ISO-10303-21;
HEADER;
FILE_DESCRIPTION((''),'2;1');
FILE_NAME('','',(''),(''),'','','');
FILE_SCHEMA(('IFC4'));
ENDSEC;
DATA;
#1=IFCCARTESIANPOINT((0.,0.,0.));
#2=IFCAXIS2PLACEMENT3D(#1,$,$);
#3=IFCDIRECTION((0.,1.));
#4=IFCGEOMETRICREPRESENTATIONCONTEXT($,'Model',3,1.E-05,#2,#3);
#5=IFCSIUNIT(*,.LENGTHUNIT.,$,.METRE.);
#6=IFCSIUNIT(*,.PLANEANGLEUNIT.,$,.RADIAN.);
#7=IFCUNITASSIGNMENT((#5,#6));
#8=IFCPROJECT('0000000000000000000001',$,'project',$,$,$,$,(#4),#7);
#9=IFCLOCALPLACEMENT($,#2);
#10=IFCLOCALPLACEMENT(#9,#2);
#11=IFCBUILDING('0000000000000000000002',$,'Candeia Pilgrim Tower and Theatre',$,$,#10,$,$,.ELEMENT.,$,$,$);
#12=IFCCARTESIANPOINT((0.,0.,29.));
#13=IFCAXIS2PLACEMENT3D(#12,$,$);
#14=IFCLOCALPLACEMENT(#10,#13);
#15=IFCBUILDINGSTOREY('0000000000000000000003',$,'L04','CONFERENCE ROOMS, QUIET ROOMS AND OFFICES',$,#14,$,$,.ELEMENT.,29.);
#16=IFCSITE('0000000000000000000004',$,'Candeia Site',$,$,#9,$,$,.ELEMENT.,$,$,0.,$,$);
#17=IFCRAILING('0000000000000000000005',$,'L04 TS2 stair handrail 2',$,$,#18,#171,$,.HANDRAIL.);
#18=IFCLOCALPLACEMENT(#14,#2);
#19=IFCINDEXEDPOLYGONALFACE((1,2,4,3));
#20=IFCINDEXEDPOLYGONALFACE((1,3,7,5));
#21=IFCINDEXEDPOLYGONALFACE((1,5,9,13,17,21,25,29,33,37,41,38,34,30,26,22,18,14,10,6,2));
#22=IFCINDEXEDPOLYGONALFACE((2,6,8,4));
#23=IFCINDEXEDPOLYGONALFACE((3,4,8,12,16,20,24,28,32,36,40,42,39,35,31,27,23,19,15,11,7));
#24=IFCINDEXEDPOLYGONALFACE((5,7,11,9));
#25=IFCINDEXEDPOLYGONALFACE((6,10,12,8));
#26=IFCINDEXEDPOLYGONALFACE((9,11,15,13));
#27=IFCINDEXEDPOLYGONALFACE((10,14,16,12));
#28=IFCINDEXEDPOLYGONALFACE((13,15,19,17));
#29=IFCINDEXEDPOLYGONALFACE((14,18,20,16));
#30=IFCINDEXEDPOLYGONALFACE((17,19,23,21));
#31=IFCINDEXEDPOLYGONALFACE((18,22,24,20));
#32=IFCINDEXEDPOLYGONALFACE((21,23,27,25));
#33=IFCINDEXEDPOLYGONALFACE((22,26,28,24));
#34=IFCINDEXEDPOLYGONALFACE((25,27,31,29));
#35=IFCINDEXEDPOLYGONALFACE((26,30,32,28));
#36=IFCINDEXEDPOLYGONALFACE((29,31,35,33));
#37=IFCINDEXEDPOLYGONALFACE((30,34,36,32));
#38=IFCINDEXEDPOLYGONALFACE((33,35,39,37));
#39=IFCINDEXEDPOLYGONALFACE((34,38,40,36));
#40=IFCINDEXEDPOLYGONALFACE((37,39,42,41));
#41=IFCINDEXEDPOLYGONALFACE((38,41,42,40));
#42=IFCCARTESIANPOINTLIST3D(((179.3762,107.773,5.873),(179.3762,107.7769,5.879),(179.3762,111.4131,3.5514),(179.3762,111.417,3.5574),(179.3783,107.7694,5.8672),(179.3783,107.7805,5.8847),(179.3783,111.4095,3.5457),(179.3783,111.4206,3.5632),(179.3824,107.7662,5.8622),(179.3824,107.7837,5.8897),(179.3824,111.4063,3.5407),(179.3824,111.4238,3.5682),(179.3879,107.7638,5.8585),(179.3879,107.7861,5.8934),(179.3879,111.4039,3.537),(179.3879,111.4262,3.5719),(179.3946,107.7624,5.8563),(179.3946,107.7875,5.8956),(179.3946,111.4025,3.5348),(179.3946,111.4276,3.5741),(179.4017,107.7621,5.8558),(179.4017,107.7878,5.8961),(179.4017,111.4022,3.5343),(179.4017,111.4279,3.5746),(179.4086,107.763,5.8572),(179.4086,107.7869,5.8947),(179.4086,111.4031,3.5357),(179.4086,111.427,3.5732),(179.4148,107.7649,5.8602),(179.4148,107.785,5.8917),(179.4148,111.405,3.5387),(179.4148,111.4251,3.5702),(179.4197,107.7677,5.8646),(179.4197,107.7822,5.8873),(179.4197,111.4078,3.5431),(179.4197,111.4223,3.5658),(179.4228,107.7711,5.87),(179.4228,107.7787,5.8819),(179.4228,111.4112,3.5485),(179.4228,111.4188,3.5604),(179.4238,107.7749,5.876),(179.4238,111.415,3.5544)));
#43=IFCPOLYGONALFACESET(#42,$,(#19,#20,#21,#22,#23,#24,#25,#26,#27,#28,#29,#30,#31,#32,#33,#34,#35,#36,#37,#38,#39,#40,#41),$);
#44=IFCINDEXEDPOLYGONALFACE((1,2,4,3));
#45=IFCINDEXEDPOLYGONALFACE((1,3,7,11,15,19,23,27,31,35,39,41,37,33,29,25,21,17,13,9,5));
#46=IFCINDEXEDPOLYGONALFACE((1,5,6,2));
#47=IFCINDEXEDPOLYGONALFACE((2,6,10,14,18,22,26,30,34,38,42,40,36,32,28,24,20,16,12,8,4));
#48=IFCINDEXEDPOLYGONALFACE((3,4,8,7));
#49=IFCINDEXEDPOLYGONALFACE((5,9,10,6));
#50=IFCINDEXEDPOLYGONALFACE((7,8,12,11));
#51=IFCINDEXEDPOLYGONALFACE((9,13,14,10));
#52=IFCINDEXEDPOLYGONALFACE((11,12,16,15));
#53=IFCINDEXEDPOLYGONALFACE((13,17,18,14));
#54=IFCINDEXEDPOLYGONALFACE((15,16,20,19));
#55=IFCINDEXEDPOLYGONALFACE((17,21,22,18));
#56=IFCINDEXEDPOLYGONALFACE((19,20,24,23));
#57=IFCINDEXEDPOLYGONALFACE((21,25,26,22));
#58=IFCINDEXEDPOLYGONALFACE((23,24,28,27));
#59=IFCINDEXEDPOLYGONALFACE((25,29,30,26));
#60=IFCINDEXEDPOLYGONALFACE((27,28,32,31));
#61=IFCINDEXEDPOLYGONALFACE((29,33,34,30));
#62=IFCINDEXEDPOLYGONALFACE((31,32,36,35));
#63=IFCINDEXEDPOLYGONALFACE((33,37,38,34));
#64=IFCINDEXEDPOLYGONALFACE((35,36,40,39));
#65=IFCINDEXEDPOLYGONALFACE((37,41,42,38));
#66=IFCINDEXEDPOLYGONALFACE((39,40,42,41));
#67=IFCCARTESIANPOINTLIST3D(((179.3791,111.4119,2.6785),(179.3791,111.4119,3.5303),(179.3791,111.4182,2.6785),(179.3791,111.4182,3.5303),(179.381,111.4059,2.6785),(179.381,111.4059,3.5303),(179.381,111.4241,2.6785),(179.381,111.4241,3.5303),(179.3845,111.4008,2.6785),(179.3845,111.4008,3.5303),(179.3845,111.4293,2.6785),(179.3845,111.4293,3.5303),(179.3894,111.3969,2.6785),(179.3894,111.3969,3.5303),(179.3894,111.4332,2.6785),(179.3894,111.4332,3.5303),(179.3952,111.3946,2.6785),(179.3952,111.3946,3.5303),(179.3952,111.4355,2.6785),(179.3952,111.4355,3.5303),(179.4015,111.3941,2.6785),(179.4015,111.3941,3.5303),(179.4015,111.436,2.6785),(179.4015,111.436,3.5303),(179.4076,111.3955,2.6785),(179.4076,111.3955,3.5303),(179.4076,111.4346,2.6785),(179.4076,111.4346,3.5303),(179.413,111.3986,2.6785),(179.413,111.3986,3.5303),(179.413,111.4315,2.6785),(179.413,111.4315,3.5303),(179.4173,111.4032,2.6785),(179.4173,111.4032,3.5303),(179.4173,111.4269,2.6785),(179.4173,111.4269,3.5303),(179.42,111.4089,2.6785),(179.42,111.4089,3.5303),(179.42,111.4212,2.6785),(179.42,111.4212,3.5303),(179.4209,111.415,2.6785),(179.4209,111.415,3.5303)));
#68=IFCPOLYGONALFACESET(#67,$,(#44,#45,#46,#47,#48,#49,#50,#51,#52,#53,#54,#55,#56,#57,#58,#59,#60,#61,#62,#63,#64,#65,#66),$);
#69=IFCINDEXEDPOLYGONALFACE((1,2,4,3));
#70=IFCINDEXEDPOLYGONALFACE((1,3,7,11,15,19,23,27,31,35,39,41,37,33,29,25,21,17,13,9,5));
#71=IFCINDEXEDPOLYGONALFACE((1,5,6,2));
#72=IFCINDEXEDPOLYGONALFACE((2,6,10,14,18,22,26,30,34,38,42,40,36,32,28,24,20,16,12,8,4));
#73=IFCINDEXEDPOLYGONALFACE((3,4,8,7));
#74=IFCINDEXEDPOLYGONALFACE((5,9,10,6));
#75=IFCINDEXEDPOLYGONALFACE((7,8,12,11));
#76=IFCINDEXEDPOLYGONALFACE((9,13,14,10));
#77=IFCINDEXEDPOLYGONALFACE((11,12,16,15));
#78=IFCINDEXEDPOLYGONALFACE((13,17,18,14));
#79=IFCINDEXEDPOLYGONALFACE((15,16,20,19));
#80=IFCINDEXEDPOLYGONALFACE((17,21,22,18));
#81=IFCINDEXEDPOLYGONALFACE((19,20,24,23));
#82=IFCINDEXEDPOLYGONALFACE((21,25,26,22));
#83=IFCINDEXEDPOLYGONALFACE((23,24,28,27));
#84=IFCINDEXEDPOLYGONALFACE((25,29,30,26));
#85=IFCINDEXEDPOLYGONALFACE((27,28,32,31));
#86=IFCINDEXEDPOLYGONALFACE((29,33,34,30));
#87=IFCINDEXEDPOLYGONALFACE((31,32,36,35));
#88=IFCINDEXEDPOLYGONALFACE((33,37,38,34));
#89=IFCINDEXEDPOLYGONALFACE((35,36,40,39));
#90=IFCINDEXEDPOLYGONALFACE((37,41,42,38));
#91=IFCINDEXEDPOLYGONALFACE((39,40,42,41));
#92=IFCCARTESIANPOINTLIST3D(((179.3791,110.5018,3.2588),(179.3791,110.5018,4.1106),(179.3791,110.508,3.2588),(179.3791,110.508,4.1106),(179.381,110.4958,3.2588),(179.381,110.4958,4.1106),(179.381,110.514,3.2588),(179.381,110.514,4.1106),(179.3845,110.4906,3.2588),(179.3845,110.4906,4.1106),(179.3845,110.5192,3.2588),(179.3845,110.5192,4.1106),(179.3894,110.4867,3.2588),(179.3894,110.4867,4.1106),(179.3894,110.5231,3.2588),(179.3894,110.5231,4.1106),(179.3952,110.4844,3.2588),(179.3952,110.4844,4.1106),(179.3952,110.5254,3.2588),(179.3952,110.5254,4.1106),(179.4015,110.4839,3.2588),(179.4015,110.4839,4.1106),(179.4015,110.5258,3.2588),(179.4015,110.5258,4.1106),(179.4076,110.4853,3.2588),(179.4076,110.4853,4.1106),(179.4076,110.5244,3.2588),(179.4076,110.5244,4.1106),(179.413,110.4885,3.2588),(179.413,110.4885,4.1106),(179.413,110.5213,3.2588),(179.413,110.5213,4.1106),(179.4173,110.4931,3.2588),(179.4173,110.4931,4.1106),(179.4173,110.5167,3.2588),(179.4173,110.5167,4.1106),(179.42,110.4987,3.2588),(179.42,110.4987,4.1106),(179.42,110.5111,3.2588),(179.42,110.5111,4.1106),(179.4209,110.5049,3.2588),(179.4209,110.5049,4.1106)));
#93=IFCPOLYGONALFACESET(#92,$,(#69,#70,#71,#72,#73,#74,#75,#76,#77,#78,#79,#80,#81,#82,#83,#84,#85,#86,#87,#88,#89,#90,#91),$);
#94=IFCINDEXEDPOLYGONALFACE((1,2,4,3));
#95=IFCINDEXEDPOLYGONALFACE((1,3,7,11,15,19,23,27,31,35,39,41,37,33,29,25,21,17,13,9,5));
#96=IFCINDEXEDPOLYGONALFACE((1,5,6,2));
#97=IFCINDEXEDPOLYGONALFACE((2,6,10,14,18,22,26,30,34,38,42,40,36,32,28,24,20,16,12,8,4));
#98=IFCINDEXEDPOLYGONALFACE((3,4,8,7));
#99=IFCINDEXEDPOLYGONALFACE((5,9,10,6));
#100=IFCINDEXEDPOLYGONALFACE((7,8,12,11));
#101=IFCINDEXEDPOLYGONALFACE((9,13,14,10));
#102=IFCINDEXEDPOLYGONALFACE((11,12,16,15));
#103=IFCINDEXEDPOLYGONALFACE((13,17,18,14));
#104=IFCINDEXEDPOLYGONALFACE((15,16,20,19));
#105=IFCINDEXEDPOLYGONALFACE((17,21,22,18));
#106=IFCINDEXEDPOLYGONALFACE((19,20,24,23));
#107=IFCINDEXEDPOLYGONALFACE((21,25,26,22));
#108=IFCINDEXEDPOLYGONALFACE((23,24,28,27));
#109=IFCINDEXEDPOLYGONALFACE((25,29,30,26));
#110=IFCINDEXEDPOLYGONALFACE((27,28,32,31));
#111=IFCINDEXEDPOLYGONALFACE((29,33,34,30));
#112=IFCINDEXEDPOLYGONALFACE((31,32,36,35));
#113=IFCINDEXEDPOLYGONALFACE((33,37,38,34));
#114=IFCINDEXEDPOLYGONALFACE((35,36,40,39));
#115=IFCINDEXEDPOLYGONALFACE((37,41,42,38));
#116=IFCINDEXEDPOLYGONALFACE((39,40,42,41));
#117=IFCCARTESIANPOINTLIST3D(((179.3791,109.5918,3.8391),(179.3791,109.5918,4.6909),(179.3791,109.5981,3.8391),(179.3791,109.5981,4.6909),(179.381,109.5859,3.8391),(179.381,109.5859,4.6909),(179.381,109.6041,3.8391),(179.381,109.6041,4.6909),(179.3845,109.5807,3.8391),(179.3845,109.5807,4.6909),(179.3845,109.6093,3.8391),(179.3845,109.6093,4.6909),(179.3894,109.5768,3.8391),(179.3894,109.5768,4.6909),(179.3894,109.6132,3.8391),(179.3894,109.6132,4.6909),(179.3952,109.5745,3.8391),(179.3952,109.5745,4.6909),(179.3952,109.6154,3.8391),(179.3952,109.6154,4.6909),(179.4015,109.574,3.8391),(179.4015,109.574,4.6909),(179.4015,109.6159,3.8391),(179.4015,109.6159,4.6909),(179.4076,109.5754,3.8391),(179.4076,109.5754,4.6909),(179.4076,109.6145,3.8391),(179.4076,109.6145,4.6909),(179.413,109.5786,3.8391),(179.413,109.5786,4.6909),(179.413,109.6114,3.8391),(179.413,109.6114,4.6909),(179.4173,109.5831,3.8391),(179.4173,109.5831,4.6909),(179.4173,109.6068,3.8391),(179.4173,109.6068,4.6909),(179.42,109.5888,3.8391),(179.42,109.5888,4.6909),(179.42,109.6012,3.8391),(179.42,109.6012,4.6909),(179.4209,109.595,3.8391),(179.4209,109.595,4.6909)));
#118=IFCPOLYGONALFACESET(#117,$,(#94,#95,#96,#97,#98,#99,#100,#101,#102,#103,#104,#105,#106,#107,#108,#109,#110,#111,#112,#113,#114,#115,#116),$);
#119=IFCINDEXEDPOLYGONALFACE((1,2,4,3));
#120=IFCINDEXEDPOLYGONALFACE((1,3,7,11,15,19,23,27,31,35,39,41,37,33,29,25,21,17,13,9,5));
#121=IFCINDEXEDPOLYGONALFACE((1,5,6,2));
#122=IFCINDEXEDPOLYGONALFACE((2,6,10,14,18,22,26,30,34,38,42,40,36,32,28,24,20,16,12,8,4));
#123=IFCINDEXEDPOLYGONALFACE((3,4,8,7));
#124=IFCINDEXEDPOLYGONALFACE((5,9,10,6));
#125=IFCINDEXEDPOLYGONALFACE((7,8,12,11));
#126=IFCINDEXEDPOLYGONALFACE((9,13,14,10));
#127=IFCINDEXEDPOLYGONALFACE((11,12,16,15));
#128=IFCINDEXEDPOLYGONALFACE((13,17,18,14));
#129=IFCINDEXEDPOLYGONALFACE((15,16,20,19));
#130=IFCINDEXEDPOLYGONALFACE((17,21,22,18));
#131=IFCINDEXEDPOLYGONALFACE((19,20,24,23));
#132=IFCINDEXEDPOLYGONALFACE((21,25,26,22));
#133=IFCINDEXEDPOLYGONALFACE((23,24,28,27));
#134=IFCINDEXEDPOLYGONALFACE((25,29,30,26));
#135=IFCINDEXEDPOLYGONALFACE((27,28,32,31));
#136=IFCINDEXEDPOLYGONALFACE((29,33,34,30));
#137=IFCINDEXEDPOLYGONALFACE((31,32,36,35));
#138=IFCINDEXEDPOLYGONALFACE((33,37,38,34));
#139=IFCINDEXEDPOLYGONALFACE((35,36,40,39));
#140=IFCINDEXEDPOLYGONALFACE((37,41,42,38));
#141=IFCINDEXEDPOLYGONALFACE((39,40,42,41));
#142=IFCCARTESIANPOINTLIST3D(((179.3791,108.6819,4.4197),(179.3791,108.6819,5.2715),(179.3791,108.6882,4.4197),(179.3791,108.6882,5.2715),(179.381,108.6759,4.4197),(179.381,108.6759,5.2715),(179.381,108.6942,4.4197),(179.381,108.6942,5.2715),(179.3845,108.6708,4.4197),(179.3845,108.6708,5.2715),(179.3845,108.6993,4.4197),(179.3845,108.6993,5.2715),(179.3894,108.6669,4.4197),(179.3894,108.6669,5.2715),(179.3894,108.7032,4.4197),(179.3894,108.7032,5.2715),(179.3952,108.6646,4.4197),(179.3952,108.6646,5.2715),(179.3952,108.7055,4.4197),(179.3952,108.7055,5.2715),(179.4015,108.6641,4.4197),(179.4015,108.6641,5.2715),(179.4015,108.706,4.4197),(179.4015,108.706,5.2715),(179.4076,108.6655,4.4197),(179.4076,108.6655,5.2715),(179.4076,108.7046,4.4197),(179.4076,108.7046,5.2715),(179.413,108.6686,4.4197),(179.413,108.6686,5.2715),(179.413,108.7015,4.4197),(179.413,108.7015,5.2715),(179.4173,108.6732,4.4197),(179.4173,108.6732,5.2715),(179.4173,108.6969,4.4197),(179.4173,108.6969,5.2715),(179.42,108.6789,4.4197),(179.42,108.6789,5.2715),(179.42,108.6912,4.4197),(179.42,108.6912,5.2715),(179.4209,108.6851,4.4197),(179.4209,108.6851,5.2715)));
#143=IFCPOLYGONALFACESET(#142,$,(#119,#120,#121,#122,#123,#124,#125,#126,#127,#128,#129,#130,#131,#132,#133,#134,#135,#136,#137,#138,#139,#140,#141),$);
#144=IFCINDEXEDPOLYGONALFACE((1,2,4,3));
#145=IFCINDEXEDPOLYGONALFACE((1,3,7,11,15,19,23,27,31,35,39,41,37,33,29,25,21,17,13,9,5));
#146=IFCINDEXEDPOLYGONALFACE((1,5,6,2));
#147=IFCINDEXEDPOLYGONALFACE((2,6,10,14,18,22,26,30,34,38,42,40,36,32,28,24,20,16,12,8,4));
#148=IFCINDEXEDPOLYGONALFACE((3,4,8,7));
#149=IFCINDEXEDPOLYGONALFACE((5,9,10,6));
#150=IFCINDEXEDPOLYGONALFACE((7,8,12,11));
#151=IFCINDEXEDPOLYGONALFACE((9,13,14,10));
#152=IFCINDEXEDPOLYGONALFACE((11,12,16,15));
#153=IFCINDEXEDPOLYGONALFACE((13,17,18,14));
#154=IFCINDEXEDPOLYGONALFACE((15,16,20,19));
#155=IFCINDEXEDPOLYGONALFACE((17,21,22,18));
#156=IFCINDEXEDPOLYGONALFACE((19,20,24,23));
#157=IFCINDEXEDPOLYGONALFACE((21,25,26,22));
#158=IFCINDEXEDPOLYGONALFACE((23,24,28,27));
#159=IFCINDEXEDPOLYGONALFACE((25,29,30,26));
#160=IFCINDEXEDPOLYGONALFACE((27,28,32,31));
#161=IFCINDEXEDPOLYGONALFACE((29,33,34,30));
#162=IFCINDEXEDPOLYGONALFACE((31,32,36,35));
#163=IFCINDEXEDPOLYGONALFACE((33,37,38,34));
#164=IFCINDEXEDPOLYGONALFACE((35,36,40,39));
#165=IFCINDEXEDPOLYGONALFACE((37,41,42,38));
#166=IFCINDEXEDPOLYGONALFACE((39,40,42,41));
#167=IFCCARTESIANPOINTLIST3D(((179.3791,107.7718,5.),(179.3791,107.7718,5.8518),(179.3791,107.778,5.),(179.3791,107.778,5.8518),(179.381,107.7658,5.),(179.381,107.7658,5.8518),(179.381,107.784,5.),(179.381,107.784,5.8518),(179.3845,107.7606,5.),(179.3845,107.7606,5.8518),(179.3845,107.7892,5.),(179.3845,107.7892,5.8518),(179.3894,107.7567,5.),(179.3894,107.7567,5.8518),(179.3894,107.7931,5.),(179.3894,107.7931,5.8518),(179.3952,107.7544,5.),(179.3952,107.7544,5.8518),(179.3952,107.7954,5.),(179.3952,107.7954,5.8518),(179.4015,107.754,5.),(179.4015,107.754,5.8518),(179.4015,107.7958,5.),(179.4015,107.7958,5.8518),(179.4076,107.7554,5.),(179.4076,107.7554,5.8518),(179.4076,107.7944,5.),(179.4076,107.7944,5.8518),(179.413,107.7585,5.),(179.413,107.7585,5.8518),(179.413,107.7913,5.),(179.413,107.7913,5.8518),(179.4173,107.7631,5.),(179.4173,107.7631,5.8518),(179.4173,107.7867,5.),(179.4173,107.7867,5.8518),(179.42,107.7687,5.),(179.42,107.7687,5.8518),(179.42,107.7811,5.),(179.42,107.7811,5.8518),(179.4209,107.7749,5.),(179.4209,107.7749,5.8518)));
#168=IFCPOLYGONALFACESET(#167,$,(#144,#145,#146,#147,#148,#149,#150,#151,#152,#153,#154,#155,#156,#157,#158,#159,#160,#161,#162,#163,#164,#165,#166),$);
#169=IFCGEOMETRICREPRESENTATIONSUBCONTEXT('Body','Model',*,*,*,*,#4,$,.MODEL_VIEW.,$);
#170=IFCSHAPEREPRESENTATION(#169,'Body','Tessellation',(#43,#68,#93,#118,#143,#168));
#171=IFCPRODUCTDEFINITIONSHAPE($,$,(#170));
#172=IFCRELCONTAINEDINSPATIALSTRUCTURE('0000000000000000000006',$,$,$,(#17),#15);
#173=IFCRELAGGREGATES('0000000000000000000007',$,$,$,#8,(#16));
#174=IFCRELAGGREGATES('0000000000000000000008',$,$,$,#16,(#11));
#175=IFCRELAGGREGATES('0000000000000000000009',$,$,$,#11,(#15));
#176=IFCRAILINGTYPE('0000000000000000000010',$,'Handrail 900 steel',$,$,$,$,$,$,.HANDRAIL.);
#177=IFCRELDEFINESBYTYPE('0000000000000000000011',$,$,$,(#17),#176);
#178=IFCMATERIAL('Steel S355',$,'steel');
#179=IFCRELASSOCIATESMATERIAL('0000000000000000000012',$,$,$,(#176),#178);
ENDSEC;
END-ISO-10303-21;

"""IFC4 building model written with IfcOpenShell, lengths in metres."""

from ifc_helpers import new_model, si_unit, direction, frame, origin, origin_2d, place, context, subcontext, project, spatial, circle, extrude, material, type_object, element, save


model = new_model("IFC4")

# Units and contexts
model_context = context("Model", 3, precision=1e-05, world=origin(), true_north=direction((0.0, 1.0)))
body_context = subcontext(model_context, "Body", "Model", "MODEL_VIEW")
ifc_project = project(units=[si_unit("LENGTHUNIT", "METRE"), si_unit("PLANEANGLEUNIT", "RADIAN")], contexts=[model_context])

# Site, building, storey
site_placement = place(None, origin())
site = spatial("IfcSite", under=ifc_project, at=site_placement, Name="Candeia Site", CompositionType="ELEMENT", RefElevation=0.0)
building_placement = place(site_placement, origin())
building = spatial("IfcBuilding", under=site, at=building_placement, Name="Candeia Pilgrim Tower and Theatre", CompositionType="ELEMENT")
storey_placement = place(building_placement, frame((0.0, 0.0, 29.0)))
storey = spatial("IfcBuildingStorey", under=building, at=storey_placement, Name="L04", Description="CONFERENCE ROOMS, QUIET ROOMS AND OFFICES", CompositionType="ELEMENT", Elevation=29.0)

# Railing
ifc_material_1 = material(Name="Steel S355", Category="steel")
railing_type_1 = type_object("IfcRailingType", Name="Handrail 900 steel", PredefinedType="HANDRAIL", material=ifc_material_1)
railing_1_placement = place(storey_placement, frame((179.3999, 111.415, 2.6785)))
element("IfcRailing", 1, at=railing_1_placement, inside=storey, type_object=railing_type_1, Name="L04 TS2 stair handrail 2", PredefinedType="HANDRAIL", context=body_context, shape_type="SweptSolid", body=[
    extrude(circle(Radius=0.0239, at=origin_2d()), frame((0.0, 0.0, 0.876), z_axis=(0.0, -0.843128, 0.537713), x_axis=(1.0, 0.0, 0.0)), (0.0, 0.0, 1.0), 4.3174),
    extrude(circle(Radius=0.021, at=origin_2d()), origin(), (0.0, 0.0, 1.0), 0.8518),
    extrude(circle(Radius=0.021, at=origin_2d()), frame((0.0, -0.9102, 0.5803)), (0.0, 0.0, 1.0), 0.8518),
    extrude(circle(Radius=0.021, at=origin_2d()), frame((0.0, -1.8201, 1.1606)), (0.0, 0.0, 1.0), 0.8518),
    extrude(circle(Radius=0.021, at=origin_2d()), frame((0.0, -2.73, 1.7412)), (0.0, 0.0, 1.0), 0.8518),
    extrude(circle(Radius=0.021, at=origin_2d()), frame((0.0, -3.6401, 2.3215)), (0.0, 0.0, 1.0), 0.8518),
])

save(model, "model.ifc")
